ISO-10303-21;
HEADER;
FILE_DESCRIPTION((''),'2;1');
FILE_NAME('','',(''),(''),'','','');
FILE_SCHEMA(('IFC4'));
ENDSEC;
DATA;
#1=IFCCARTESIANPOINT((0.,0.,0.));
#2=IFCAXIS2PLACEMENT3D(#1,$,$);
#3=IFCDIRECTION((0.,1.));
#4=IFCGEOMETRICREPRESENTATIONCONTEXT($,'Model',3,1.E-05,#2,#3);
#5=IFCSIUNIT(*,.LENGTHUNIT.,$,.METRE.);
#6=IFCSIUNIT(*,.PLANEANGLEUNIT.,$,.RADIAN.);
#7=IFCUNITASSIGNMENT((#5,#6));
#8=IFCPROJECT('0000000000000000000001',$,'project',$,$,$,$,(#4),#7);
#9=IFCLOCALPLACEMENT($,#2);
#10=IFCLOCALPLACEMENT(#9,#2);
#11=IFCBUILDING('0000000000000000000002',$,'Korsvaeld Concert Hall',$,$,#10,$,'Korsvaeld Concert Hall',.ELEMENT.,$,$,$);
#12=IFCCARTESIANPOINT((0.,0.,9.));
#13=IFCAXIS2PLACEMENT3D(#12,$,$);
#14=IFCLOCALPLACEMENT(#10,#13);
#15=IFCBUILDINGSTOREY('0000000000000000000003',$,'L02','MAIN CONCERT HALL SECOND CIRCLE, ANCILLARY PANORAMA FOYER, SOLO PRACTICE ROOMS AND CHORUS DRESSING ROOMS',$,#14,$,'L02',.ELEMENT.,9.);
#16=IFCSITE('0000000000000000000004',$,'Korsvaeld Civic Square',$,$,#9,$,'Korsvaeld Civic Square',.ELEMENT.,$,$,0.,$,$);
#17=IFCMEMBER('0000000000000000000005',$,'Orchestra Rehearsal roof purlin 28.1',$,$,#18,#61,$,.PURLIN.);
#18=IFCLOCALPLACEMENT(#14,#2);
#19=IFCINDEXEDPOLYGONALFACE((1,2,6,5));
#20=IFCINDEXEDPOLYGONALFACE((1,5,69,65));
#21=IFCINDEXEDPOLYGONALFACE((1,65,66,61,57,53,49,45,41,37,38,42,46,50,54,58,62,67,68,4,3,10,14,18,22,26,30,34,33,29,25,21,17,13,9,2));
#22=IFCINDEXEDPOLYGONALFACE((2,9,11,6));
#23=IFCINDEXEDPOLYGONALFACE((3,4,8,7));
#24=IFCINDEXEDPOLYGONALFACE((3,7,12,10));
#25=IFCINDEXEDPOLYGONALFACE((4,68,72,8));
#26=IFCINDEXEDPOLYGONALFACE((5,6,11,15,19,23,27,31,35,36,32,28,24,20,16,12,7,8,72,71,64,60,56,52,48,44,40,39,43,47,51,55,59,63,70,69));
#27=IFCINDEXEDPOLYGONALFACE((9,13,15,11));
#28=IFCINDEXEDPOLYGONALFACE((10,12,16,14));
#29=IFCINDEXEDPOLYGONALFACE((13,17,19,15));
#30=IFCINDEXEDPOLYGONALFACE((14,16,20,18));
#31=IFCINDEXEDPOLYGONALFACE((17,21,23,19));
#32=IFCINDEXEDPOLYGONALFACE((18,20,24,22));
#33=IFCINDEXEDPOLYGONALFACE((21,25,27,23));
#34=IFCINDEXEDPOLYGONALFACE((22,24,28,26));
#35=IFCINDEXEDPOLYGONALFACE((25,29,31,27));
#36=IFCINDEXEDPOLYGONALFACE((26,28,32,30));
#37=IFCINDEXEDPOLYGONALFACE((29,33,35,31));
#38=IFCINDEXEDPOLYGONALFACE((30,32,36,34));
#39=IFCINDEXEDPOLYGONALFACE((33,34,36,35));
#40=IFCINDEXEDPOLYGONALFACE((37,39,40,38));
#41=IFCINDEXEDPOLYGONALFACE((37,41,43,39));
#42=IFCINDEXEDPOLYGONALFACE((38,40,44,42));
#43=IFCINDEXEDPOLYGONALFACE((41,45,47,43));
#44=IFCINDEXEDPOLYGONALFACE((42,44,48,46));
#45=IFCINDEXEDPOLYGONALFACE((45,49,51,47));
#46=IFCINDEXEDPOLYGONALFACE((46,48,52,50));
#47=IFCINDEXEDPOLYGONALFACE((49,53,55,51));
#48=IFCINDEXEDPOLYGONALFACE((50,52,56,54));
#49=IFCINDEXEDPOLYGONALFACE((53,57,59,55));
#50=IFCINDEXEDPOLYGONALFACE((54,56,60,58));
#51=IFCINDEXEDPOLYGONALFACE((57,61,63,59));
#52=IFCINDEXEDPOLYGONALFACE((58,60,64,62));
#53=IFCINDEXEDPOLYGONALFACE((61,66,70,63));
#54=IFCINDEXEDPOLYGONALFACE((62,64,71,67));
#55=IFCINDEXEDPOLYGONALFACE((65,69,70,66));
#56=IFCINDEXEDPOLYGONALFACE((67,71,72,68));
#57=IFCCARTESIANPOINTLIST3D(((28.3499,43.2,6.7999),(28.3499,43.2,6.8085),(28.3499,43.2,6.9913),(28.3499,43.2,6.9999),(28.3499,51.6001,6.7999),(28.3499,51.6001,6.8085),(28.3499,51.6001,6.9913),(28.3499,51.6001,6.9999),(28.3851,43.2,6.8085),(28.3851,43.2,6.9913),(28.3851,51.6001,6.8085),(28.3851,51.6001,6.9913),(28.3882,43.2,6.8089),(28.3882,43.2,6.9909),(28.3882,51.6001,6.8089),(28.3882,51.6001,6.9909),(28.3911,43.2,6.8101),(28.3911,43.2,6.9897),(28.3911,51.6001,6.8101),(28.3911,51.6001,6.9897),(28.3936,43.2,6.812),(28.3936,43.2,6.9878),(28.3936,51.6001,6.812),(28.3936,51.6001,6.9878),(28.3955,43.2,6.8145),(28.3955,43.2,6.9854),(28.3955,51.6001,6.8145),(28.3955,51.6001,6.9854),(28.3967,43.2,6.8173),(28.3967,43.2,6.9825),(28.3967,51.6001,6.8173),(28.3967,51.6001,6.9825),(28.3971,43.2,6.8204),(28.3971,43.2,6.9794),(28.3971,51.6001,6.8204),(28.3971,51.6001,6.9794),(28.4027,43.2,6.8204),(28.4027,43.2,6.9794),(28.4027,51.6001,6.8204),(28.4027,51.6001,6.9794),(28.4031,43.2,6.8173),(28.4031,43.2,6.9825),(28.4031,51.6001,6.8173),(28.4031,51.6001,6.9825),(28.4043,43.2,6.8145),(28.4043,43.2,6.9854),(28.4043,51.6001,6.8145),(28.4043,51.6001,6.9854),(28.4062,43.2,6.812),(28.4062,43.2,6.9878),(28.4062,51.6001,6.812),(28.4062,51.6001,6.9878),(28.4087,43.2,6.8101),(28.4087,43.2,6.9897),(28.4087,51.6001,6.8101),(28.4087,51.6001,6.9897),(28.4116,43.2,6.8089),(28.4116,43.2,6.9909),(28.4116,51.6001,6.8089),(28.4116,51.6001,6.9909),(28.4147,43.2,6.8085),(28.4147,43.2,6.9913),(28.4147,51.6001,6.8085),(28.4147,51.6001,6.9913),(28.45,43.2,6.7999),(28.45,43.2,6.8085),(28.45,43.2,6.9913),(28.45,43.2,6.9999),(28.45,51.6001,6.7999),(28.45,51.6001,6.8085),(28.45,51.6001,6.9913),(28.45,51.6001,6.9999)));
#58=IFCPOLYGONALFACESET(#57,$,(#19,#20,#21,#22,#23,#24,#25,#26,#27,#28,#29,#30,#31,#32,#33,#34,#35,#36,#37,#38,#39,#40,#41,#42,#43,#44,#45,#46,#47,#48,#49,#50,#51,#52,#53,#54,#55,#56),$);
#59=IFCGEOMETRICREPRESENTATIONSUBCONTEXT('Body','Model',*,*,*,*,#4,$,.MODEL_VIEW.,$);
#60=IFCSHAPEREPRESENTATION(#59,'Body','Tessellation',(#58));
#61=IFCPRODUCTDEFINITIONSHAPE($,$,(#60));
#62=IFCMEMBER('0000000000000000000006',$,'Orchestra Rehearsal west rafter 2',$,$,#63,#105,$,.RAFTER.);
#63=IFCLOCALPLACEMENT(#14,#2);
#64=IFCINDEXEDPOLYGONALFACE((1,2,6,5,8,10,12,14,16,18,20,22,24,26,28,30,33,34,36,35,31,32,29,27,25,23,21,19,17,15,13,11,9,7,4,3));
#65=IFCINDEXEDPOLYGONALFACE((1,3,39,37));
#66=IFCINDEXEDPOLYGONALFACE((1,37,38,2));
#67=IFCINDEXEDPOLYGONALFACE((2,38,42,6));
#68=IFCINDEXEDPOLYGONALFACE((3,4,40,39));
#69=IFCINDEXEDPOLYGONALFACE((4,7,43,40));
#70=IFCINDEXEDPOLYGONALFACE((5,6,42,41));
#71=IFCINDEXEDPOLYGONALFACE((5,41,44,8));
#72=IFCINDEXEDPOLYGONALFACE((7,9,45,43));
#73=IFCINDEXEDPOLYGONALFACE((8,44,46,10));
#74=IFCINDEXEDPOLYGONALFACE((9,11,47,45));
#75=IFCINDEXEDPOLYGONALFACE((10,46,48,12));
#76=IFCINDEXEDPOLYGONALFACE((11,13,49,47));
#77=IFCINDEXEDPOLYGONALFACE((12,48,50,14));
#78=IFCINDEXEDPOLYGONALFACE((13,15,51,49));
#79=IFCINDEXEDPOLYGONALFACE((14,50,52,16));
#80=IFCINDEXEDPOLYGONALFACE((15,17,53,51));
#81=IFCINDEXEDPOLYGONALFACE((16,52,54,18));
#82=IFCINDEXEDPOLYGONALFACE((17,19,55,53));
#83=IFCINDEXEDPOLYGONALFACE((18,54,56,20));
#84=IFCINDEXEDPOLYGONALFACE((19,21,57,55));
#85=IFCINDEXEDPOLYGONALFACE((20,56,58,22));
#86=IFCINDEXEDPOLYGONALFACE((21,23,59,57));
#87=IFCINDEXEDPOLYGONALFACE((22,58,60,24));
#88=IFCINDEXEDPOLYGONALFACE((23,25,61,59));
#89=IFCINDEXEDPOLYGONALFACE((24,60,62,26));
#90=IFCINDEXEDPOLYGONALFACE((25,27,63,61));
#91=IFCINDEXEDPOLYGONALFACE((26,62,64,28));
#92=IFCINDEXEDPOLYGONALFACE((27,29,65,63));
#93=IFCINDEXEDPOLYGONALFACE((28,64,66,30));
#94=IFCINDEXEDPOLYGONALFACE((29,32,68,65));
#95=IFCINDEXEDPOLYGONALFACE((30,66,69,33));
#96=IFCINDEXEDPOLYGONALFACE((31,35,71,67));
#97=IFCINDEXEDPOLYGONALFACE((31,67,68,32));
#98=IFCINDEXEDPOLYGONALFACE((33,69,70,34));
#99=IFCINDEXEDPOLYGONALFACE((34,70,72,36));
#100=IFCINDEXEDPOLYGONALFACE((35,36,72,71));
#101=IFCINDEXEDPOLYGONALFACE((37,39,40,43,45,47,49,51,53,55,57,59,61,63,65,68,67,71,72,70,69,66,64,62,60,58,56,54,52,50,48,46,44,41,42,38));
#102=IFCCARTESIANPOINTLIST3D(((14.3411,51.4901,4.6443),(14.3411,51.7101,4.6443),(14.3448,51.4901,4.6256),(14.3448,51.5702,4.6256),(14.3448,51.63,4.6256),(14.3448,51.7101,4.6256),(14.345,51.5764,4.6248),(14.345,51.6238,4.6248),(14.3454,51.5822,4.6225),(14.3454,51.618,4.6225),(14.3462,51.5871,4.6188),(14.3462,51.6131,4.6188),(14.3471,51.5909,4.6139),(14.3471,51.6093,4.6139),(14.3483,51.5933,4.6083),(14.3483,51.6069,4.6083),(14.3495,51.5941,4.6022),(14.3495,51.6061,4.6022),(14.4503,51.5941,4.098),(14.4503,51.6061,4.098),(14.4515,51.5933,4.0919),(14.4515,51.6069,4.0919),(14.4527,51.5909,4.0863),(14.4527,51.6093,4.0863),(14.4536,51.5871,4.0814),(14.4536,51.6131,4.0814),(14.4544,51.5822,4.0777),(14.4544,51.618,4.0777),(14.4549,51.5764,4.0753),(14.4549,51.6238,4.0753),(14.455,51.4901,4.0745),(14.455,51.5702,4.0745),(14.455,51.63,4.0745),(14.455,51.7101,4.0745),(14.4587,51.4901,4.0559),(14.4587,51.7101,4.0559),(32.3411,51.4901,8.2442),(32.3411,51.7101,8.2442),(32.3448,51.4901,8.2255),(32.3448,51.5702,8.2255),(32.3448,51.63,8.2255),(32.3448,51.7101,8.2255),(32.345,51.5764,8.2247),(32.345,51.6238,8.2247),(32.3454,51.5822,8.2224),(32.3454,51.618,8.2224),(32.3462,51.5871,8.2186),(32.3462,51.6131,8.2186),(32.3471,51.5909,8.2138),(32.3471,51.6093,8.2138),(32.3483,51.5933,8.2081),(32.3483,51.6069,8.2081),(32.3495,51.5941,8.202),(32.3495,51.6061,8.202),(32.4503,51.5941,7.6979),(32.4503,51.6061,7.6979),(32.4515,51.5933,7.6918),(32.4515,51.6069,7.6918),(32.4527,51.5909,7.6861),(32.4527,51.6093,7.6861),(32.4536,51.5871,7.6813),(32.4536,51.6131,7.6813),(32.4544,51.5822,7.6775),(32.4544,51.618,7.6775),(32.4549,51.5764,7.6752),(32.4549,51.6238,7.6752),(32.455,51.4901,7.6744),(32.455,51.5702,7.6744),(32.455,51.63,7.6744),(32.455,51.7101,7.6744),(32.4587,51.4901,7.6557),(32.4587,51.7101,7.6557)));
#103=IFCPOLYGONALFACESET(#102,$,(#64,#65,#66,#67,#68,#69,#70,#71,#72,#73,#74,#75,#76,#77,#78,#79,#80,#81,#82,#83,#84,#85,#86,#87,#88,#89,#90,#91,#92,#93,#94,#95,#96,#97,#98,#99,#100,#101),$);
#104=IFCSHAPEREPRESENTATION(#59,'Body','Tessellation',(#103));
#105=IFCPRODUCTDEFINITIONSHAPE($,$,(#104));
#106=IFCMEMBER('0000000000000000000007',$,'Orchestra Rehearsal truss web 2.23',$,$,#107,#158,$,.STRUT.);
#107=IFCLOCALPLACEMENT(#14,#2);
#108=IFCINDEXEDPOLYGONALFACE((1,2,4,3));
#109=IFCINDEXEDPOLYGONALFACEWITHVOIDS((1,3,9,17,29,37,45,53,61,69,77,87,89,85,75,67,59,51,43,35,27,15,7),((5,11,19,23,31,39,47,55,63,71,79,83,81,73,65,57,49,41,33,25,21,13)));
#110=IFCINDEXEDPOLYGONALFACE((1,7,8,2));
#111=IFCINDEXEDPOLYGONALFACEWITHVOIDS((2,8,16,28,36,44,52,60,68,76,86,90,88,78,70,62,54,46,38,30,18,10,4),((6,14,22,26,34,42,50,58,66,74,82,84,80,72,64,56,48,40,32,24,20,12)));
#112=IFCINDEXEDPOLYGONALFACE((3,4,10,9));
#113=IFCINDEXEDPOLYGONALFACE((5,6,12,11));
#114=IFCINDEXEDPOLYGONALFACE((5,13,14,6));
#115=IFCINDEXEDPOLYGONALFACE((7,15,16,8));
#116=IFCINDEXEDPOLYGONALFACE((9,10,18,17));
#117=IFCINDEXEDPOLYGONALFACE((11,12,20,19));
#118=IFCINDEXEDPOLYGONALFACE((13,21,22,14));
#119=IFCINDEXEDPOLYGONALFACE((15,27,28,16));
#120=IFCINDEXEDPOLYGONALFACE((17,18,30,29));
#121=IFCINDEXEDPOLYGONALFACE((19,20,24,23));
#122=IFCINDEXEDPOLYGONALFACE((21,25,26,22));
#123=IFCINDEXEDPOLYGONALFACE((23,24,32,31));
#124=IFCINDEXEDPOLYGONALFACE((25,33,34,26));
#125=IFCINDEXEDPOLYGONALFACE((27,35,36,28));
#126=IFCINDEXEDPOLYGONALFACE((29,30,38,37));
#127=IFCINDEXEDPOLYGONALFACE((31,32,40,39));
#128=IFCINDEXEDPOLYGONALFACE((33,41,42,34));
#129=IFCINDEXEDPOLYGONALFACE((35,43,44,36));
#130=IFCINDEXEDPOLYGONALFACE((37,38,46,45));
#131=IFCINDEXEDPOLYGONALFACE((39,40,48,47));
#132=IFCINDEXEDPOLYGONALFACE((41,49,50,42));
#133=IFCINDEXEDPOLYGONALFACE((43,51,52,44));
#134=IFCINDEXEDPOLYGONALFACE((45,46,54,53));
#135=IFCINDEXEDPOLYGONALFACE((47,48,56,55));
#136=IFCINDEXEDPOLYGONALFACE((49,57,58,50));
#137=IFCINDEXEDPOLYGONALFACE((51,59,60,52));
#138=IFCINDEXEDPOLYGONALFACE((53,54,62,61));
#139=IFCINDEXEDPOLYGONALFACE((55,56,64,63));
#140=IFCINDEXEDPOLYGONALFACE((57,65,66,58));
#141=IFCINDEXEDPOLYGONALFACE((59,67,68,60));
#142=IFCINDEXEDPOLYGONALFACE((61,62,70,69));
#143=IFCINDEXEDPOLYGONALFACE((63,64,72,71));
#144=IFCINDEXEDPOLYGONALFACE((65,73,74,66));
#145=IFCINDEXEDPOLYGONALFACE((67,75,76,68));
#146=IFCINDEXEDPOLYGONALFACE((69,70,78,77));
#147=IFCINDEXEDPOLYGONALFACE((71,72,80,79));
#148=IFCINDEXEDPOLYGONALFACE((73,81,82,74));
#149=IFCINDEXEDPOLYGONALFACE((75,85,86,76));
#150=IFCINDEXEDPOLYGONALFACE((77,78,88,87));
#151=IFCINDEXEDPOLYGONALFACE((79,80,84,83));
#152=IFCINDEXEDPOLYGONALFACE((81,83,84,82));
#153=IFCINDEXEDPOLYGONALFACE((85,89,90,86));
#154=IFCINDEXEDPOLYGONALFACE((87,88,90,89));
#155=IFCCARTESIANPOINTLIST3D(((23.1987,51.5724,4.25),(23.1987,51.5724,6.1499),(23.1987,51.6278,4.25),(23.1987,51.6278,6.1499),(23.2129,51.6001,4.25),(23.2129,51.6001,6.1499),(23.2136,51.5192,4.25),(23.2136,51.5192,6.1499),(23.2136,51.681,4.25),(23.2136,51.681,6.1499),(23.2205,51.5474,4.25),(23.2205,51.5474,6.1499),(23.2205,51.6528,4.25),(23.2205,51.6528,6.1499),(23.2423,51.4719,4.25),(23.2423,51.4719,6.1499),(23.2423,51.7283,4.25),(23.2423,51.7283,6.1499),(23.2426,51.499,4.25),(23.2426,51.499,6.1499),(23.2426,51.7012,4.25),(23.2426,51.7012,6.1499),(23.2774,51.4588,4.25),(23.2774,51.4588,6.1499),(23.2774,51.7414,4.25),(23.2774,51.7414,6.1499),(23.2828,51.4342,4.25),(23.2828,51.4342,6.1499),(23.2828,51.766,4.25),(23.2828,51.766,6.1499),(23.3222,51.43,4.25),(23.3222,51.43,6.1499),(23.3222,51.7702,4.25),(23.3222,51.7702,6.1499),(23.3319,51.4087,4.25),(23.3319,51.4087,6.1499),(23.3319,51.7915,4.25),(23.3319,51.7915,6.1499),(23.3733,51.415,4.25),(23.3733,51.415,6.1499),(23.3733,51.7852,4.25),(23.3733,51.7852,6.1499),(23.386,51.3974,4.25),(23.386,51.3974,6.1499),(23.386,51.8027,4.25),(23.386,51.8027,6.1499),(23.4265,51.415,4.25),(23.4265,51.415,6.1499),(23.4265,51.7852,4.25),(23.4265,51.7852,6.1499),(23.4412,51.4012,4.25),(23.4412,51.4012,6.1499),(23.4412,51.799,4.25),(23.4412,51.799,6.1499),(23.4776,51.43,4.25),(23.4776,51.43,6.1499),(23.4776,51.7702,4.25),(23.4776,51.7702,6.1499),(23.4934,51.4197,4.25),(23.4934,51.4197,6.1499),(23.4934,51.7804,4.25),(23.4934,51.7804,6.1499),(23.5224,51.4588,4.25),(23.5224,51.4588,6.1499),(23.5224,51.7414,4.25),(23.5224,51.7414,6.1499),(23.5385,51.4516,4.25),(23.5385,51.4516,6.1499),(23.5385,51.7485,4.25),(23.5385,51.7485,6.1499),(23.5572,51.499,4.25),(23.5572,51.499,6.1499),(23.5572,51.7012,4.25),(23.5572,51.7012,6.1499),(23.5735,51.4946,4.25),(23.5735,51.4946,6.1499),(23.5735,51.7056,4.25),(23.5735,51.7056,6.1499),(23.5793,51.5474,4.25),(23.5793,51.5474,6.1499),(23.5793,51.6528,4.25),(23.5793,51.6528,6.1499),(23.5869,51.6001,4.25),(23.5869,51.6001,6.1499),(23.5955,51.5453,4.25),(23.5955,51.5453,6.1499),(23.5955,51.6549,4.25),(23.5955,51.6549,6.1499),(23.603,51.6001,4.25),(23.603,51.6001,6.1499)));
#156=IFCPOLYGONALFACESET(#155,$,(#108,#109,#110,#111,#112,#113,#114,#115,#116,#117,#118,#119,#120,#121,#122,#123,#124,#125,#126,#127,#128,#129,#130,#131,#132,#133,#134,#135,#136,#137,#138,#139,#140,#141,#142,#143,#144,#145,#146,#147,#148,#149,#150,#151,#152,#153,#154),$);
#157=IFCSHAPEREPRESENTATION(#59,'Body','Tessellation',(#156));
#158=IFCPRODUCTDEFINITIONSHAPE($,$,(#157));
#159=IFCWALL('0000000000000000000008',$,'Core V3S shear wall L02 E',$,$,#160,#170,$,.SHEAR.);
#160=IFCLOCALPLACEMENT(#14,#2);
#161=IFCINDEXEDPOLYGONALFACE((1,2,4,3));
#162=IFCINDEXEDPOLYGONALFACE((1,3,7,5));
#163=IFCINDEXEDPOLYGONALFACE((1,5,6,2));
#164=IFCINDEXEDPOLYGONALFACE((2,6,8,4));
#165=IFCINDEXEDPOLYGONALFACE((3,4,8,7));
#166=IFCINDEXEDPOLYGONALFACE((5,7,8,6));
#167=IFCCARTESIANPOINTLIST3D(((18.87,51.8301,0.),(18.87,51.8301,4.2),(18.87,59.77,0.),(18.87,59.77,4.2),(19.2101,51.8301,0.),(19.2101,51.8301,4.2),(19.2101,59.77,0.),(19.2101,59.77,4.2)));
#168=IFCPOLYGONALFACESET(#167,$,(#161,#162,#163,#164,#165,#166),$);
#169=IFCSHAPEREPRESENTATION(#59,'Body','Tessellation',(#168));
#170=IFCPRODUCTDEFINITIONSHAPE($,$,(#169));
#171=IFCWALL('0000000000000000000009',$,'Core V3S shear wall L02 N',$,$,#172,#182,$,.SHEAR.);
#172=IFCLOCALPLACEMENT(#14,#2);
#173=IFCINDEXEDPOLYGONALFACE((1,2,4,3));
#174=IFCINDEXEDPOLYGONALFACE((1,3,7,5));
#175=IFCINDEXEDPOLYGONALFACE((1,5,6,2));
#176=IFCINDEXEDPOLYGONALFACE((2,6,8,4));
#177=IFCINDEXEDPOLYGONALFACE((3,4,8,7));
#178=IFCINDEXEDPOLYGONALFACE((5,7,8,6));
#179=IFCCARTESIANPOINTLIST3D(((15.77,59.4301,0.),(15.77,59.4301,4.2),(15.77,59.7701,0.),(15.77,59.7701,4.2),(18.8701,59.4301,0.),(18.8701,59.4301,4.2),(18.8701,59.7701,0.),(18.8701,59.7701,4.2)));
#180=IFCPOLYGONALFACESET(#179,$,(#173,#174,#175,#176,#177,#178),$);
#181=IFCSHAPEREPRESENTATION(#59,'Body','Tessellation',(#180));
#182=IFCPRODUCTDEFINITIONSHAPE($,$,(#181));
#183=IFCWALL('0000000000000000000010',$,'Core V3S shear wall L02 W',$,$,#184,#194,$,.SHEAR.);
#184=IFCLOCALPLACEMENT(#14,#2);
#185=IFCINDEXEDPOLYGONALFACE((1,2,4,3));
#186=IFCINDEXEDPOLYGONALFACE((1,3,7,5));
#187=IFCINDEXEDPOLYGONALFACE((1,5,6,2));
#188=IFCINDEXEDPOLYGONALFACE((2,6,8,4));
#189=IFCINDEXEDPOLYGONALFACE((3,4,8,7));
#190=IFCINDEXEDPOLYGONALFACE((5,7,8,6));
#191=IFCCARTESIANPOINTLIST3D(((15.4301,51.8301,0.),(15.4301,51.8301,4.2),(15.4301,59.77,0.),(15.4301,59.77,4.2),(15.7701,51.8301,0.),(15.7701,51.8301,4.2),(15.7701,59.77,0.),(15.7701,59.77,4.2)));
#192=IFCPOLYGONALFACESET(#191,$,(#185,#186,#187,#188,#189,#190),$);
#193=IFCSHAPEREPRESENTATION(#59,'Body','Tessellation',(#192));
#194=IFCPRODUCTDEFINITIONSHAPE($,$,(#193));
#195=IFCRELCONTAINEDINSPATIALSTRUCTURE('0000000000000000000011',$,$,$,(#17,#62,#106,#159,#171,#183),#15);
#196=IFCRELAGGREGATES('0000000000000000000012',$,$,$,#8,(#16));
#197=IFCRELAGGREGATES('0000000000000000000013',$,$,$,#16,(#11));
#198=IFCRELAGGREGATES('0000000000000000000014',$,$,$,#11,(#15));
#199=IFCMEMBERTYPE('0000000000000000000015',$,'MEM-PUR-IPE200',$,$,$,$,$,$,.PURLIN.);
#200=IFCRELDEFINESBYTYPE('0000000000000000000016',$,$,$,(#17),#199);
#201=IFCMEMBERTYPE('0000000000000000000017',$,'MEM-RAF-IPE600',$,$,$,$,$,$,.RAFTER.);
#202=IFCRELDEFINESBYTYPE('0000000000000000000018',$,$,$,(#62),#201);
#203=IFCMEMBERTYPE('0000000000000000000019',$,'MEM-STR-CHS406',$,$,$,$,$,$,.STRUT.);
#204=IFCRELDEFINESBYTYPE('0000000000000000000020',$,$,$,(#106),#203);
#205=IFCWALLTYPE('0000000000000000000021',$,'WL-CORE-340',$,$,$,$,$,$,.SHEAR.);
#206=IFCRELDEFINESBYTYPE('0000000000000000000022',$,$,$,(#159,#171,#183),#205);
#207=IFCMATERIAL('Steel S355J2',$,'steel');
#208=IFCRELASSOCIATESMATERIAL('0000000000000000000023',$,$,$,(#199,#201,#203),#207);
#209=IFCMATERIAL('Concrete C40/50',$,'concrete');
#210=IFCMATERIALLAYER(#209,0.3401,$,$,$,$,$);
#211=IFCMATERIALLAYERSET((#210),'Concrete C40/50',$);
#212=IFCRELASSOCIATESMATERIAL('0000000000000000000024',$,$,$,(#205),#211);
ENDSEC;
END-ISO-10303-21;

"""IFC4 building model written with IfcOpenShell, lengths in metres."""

from ifc_helpers import new_model, si_unit, direction, frame, frame_2d, origin, origin_2d, place, context, subcontext, project, spatial, rectangle, hollow_circle, i_section, extrude, material, layer, layer_set, material_profile, profile_set, type_object, element, save


model = new_model("IFC4")

# Units and contexts
model_context = context("Model", 3, precision=1e-05, world=origin(), true_north=direction((0.0, 1.0)))
body_context = subcontext(model_context, "Body", "Model", "MODEL_VIEW")
ifc_project = project(units=[si_unit("LENGTHUNIT", "METRE"), si_unit("PLANEANGLEUNIT", "RADIAN")], contexts=[model_context])

# Site, building, storey
site_placement = place(None, origin())
site = spatial("IfcSite", under=ifc_project, at=site_placement, Name="Korsvaeld Civic Square", LongName="Korsvaeld Civic Square", CompositionType="ELEMENT", RefElevation=0.0)
building_placement = place(site_placement, origin())
building = spatial("IfcBuilding", under=site, at=building_placement, Name="Korsvaeld Concert Hall", LongName="Korsvaeld Concert Hall", CompositionType="ELEMENT")
storey_placement = place(building_placement, frame((0.0, 0.0, 9.0)))
storey = spatial("IfcBuildingStorey", under=building, at=storey_placement, Name="L02", Description="MAIN CONCERT HALL SECOND CIRCLE, ANCILLARY PANORAMA FOYER, SOLO PRACTICE ROOMS AND CHORUS DRESSING ROOMS", LongName="L02", CompositionType="ELEMENT", Elevation=9.0)

# Shared definitions
ifc_material_1 = material(Name="Concrete C40/50", Category="concrete")

# Members
ifc_material_2 = material(Name="Steel S355J2", Category="steel")
ifc_material_profile_1 = material_profile(ifc_material_2, i_section(OverallWidth=0.1001, OverallDepth=0.2, WebThickness=0.0056, FlangeThickness=0.0085, FilletRadius=0.012, at=origin_2d()), Name="IPE 200")
ifc_profile_set_1 = profile_set([ifc_material_profile_1], Name="Steel S355J2")
member_type_1 = type_object("IfcMemberType", Name="MEM-PUR-IPE200", PredefinedType="PURLIN", material=ifc_profile_set_1)
member_1_placement = place(storey_placement, frame((28.3999, 43.2, 6.8999), z_axis=(0.0, 1.0, 0.0), x_axis=(-1.0, 0.0, 0.0)))
element("IfcMember", 1, at=member_1_placement, inside=storey, type_object=member_type_1, Name="Orchestra Rehearsal roof purlin 28.1", PredefinedType="PURLIN", context=body_context, shape_type="SweptSolid", body=[
    extrude(i_section(OverallWidth=0.1001, OverallDepth=0.2, WebThickness=0.0056, FlangeThickness=0.0085, FilletRadius=0.012, at=origin_2d()), origin(), (0.0, 0.0, 1.0), 8.4001),
])
ifc_material_profile_2 = material_profile(ifc_material_2, i_section(OverallWidth=0.22, OverallDepth=0.6001, WebThickness=0.012, FlangeThickness=0.019, FilletRadius=0.0239, at=origin_2d()), Name="IPE 600")
ifc_profile_set_2 = profile_set([ifc_material_profile_2], Name="Steel S355J2")
member_type_2 = type_object("IfcMemberType", Name="MEM-RAF-IPE600", PredefinedType="RAFTER", material=ifc_profile_set_2)
member_2_placement = place(storey_placement, frame((14.3999, 51.6001, 4.3501), z_axis=(0.980582, 0.0, 0.196108), x_axis=(0.0, 1.0, 0.0)))
element("IfcMember", 2, at=member_2_placement, inside=storey, type_object=member_type_2, Name="Orchestra Rehearsal west rafter 2", PredefinedType="RAFTER", context=body_context, shape_type="SweptSolid", body=[
    extrude(i_section(OverallWidth=0.22, OverallDepth=0.6001, WebThickness=0.012, FlangeThickness=0.019, FilletRadius=0.0239, at=origin_2d()), origin(), (0.0, 0.0, 1.0), 18.3564),
])
ifc_material_profile_3 = material_profile(ifc_material_2, hollow_circle(Radius=0.2031, WallThickness=0.0161, at=origin_2d()), Name="CHS 406.4x16")
ifc_profile_set_3 = profile_set([ifc_material_profile_3], Name="Steel S355J2")
member_type_3 = type_object("IfcMemberType", Name="MEM-STR-CHS406", PredefinedType="STRUT", material=ifc_profile_set_3)
member_3_placement = place(storey_placement, frame((23.3999, 51.6001, 4.25), z_axis=(0.0, 0.0, 1.0), x_axis=(1.0, 0.0, 0.0)))
element("IfcMember", 3, at=member_3_placement, inside=storey, type_object=member_type_3, Name="Orchestra Rehearsal truss web 2.23", PredefinedType="STRUT", context=body_context, shape_type="SweptSolid", body=[
    extrude(hollow_circle(Radius=0.2031, WallThickness=0.0161, at=origin_2d()), origin(), (0.0, 0.0, 1.0), 1.8999),
])

# Shared definitions
ifc_layer_1 = layer(ifc_material_1, 0.3401)
ifc_layer_set_1 = layer_set([ifc_layer_1], Name="Concrete C40/50")
wall_type_1 = type_object("IfcWallType", Name="WL-CORE-340", PredefinedType="SHEAR", material=ifc_layer_set_1)

# Walls
wall_1_placement = place(storey_placement, frame((19.04, 51.8301, 0.0), z_axis=(0.0, 0.0, 1.0), x_axis=(0.0, 1.0, 0.0)))
element("IfcWall", 4, at=wall_1_placement, inside=storey, type_object=wall_type_1, Name="Core V3S shear wall L02 E", PredefinedType="SHEAR", context=body_context, shape_type="SweptSolid", body=[
    extrude(rectangle(XDim=7.9399, YDim=0.3401, at=frame_2d((3.97, 0.0))), origin(), (0.0, 0.0, 1.0), 4.2),
])
wall_2_placement = place(storey_placement, frame((18.8701, 59.6001, 0.0), z_axis=(0.0, 0.0, 1.0), x_axis=(-1.0, 0.0, 0.0)))
element("IfcWall", 5, at=wall_2_placement, inside=storey, type_object=wall_type_1, Name="Core V3S shear wall L02 N", PredefinedType="SHEAR", context=body_context, shape_type="SweptSolid", body=[
    extrude(rectangle(XDim=3.1001, YDim=0.3401, at=frame_2d((1.55, 0.0))), origin(), (0.0, 0.0, 1.0), 4.2),
])
wall_3_placement = place(storey_placement, frame((15.6001, 59.77, 0.0), z_axis=(0.0, 0.0, 1.0), x_axis=(0.0, -1.0, 0.0)))
element("IfcWall", 6, at=wall_3_placement, inside=storey, type_object=wall_type_1, Name="Core V3S shear wall L02 W", PredefinedType="SHEAR", context=body_context, shape_type="SweptSolid", body=[
    extrude(rectangle(XDim=7.9399, YDim=0.3401, at=frame_2d((3.97, 0.0))), origin(), (0.0, 0.0, 1.0), 4.2),
])

save(model, "model.ifc")
